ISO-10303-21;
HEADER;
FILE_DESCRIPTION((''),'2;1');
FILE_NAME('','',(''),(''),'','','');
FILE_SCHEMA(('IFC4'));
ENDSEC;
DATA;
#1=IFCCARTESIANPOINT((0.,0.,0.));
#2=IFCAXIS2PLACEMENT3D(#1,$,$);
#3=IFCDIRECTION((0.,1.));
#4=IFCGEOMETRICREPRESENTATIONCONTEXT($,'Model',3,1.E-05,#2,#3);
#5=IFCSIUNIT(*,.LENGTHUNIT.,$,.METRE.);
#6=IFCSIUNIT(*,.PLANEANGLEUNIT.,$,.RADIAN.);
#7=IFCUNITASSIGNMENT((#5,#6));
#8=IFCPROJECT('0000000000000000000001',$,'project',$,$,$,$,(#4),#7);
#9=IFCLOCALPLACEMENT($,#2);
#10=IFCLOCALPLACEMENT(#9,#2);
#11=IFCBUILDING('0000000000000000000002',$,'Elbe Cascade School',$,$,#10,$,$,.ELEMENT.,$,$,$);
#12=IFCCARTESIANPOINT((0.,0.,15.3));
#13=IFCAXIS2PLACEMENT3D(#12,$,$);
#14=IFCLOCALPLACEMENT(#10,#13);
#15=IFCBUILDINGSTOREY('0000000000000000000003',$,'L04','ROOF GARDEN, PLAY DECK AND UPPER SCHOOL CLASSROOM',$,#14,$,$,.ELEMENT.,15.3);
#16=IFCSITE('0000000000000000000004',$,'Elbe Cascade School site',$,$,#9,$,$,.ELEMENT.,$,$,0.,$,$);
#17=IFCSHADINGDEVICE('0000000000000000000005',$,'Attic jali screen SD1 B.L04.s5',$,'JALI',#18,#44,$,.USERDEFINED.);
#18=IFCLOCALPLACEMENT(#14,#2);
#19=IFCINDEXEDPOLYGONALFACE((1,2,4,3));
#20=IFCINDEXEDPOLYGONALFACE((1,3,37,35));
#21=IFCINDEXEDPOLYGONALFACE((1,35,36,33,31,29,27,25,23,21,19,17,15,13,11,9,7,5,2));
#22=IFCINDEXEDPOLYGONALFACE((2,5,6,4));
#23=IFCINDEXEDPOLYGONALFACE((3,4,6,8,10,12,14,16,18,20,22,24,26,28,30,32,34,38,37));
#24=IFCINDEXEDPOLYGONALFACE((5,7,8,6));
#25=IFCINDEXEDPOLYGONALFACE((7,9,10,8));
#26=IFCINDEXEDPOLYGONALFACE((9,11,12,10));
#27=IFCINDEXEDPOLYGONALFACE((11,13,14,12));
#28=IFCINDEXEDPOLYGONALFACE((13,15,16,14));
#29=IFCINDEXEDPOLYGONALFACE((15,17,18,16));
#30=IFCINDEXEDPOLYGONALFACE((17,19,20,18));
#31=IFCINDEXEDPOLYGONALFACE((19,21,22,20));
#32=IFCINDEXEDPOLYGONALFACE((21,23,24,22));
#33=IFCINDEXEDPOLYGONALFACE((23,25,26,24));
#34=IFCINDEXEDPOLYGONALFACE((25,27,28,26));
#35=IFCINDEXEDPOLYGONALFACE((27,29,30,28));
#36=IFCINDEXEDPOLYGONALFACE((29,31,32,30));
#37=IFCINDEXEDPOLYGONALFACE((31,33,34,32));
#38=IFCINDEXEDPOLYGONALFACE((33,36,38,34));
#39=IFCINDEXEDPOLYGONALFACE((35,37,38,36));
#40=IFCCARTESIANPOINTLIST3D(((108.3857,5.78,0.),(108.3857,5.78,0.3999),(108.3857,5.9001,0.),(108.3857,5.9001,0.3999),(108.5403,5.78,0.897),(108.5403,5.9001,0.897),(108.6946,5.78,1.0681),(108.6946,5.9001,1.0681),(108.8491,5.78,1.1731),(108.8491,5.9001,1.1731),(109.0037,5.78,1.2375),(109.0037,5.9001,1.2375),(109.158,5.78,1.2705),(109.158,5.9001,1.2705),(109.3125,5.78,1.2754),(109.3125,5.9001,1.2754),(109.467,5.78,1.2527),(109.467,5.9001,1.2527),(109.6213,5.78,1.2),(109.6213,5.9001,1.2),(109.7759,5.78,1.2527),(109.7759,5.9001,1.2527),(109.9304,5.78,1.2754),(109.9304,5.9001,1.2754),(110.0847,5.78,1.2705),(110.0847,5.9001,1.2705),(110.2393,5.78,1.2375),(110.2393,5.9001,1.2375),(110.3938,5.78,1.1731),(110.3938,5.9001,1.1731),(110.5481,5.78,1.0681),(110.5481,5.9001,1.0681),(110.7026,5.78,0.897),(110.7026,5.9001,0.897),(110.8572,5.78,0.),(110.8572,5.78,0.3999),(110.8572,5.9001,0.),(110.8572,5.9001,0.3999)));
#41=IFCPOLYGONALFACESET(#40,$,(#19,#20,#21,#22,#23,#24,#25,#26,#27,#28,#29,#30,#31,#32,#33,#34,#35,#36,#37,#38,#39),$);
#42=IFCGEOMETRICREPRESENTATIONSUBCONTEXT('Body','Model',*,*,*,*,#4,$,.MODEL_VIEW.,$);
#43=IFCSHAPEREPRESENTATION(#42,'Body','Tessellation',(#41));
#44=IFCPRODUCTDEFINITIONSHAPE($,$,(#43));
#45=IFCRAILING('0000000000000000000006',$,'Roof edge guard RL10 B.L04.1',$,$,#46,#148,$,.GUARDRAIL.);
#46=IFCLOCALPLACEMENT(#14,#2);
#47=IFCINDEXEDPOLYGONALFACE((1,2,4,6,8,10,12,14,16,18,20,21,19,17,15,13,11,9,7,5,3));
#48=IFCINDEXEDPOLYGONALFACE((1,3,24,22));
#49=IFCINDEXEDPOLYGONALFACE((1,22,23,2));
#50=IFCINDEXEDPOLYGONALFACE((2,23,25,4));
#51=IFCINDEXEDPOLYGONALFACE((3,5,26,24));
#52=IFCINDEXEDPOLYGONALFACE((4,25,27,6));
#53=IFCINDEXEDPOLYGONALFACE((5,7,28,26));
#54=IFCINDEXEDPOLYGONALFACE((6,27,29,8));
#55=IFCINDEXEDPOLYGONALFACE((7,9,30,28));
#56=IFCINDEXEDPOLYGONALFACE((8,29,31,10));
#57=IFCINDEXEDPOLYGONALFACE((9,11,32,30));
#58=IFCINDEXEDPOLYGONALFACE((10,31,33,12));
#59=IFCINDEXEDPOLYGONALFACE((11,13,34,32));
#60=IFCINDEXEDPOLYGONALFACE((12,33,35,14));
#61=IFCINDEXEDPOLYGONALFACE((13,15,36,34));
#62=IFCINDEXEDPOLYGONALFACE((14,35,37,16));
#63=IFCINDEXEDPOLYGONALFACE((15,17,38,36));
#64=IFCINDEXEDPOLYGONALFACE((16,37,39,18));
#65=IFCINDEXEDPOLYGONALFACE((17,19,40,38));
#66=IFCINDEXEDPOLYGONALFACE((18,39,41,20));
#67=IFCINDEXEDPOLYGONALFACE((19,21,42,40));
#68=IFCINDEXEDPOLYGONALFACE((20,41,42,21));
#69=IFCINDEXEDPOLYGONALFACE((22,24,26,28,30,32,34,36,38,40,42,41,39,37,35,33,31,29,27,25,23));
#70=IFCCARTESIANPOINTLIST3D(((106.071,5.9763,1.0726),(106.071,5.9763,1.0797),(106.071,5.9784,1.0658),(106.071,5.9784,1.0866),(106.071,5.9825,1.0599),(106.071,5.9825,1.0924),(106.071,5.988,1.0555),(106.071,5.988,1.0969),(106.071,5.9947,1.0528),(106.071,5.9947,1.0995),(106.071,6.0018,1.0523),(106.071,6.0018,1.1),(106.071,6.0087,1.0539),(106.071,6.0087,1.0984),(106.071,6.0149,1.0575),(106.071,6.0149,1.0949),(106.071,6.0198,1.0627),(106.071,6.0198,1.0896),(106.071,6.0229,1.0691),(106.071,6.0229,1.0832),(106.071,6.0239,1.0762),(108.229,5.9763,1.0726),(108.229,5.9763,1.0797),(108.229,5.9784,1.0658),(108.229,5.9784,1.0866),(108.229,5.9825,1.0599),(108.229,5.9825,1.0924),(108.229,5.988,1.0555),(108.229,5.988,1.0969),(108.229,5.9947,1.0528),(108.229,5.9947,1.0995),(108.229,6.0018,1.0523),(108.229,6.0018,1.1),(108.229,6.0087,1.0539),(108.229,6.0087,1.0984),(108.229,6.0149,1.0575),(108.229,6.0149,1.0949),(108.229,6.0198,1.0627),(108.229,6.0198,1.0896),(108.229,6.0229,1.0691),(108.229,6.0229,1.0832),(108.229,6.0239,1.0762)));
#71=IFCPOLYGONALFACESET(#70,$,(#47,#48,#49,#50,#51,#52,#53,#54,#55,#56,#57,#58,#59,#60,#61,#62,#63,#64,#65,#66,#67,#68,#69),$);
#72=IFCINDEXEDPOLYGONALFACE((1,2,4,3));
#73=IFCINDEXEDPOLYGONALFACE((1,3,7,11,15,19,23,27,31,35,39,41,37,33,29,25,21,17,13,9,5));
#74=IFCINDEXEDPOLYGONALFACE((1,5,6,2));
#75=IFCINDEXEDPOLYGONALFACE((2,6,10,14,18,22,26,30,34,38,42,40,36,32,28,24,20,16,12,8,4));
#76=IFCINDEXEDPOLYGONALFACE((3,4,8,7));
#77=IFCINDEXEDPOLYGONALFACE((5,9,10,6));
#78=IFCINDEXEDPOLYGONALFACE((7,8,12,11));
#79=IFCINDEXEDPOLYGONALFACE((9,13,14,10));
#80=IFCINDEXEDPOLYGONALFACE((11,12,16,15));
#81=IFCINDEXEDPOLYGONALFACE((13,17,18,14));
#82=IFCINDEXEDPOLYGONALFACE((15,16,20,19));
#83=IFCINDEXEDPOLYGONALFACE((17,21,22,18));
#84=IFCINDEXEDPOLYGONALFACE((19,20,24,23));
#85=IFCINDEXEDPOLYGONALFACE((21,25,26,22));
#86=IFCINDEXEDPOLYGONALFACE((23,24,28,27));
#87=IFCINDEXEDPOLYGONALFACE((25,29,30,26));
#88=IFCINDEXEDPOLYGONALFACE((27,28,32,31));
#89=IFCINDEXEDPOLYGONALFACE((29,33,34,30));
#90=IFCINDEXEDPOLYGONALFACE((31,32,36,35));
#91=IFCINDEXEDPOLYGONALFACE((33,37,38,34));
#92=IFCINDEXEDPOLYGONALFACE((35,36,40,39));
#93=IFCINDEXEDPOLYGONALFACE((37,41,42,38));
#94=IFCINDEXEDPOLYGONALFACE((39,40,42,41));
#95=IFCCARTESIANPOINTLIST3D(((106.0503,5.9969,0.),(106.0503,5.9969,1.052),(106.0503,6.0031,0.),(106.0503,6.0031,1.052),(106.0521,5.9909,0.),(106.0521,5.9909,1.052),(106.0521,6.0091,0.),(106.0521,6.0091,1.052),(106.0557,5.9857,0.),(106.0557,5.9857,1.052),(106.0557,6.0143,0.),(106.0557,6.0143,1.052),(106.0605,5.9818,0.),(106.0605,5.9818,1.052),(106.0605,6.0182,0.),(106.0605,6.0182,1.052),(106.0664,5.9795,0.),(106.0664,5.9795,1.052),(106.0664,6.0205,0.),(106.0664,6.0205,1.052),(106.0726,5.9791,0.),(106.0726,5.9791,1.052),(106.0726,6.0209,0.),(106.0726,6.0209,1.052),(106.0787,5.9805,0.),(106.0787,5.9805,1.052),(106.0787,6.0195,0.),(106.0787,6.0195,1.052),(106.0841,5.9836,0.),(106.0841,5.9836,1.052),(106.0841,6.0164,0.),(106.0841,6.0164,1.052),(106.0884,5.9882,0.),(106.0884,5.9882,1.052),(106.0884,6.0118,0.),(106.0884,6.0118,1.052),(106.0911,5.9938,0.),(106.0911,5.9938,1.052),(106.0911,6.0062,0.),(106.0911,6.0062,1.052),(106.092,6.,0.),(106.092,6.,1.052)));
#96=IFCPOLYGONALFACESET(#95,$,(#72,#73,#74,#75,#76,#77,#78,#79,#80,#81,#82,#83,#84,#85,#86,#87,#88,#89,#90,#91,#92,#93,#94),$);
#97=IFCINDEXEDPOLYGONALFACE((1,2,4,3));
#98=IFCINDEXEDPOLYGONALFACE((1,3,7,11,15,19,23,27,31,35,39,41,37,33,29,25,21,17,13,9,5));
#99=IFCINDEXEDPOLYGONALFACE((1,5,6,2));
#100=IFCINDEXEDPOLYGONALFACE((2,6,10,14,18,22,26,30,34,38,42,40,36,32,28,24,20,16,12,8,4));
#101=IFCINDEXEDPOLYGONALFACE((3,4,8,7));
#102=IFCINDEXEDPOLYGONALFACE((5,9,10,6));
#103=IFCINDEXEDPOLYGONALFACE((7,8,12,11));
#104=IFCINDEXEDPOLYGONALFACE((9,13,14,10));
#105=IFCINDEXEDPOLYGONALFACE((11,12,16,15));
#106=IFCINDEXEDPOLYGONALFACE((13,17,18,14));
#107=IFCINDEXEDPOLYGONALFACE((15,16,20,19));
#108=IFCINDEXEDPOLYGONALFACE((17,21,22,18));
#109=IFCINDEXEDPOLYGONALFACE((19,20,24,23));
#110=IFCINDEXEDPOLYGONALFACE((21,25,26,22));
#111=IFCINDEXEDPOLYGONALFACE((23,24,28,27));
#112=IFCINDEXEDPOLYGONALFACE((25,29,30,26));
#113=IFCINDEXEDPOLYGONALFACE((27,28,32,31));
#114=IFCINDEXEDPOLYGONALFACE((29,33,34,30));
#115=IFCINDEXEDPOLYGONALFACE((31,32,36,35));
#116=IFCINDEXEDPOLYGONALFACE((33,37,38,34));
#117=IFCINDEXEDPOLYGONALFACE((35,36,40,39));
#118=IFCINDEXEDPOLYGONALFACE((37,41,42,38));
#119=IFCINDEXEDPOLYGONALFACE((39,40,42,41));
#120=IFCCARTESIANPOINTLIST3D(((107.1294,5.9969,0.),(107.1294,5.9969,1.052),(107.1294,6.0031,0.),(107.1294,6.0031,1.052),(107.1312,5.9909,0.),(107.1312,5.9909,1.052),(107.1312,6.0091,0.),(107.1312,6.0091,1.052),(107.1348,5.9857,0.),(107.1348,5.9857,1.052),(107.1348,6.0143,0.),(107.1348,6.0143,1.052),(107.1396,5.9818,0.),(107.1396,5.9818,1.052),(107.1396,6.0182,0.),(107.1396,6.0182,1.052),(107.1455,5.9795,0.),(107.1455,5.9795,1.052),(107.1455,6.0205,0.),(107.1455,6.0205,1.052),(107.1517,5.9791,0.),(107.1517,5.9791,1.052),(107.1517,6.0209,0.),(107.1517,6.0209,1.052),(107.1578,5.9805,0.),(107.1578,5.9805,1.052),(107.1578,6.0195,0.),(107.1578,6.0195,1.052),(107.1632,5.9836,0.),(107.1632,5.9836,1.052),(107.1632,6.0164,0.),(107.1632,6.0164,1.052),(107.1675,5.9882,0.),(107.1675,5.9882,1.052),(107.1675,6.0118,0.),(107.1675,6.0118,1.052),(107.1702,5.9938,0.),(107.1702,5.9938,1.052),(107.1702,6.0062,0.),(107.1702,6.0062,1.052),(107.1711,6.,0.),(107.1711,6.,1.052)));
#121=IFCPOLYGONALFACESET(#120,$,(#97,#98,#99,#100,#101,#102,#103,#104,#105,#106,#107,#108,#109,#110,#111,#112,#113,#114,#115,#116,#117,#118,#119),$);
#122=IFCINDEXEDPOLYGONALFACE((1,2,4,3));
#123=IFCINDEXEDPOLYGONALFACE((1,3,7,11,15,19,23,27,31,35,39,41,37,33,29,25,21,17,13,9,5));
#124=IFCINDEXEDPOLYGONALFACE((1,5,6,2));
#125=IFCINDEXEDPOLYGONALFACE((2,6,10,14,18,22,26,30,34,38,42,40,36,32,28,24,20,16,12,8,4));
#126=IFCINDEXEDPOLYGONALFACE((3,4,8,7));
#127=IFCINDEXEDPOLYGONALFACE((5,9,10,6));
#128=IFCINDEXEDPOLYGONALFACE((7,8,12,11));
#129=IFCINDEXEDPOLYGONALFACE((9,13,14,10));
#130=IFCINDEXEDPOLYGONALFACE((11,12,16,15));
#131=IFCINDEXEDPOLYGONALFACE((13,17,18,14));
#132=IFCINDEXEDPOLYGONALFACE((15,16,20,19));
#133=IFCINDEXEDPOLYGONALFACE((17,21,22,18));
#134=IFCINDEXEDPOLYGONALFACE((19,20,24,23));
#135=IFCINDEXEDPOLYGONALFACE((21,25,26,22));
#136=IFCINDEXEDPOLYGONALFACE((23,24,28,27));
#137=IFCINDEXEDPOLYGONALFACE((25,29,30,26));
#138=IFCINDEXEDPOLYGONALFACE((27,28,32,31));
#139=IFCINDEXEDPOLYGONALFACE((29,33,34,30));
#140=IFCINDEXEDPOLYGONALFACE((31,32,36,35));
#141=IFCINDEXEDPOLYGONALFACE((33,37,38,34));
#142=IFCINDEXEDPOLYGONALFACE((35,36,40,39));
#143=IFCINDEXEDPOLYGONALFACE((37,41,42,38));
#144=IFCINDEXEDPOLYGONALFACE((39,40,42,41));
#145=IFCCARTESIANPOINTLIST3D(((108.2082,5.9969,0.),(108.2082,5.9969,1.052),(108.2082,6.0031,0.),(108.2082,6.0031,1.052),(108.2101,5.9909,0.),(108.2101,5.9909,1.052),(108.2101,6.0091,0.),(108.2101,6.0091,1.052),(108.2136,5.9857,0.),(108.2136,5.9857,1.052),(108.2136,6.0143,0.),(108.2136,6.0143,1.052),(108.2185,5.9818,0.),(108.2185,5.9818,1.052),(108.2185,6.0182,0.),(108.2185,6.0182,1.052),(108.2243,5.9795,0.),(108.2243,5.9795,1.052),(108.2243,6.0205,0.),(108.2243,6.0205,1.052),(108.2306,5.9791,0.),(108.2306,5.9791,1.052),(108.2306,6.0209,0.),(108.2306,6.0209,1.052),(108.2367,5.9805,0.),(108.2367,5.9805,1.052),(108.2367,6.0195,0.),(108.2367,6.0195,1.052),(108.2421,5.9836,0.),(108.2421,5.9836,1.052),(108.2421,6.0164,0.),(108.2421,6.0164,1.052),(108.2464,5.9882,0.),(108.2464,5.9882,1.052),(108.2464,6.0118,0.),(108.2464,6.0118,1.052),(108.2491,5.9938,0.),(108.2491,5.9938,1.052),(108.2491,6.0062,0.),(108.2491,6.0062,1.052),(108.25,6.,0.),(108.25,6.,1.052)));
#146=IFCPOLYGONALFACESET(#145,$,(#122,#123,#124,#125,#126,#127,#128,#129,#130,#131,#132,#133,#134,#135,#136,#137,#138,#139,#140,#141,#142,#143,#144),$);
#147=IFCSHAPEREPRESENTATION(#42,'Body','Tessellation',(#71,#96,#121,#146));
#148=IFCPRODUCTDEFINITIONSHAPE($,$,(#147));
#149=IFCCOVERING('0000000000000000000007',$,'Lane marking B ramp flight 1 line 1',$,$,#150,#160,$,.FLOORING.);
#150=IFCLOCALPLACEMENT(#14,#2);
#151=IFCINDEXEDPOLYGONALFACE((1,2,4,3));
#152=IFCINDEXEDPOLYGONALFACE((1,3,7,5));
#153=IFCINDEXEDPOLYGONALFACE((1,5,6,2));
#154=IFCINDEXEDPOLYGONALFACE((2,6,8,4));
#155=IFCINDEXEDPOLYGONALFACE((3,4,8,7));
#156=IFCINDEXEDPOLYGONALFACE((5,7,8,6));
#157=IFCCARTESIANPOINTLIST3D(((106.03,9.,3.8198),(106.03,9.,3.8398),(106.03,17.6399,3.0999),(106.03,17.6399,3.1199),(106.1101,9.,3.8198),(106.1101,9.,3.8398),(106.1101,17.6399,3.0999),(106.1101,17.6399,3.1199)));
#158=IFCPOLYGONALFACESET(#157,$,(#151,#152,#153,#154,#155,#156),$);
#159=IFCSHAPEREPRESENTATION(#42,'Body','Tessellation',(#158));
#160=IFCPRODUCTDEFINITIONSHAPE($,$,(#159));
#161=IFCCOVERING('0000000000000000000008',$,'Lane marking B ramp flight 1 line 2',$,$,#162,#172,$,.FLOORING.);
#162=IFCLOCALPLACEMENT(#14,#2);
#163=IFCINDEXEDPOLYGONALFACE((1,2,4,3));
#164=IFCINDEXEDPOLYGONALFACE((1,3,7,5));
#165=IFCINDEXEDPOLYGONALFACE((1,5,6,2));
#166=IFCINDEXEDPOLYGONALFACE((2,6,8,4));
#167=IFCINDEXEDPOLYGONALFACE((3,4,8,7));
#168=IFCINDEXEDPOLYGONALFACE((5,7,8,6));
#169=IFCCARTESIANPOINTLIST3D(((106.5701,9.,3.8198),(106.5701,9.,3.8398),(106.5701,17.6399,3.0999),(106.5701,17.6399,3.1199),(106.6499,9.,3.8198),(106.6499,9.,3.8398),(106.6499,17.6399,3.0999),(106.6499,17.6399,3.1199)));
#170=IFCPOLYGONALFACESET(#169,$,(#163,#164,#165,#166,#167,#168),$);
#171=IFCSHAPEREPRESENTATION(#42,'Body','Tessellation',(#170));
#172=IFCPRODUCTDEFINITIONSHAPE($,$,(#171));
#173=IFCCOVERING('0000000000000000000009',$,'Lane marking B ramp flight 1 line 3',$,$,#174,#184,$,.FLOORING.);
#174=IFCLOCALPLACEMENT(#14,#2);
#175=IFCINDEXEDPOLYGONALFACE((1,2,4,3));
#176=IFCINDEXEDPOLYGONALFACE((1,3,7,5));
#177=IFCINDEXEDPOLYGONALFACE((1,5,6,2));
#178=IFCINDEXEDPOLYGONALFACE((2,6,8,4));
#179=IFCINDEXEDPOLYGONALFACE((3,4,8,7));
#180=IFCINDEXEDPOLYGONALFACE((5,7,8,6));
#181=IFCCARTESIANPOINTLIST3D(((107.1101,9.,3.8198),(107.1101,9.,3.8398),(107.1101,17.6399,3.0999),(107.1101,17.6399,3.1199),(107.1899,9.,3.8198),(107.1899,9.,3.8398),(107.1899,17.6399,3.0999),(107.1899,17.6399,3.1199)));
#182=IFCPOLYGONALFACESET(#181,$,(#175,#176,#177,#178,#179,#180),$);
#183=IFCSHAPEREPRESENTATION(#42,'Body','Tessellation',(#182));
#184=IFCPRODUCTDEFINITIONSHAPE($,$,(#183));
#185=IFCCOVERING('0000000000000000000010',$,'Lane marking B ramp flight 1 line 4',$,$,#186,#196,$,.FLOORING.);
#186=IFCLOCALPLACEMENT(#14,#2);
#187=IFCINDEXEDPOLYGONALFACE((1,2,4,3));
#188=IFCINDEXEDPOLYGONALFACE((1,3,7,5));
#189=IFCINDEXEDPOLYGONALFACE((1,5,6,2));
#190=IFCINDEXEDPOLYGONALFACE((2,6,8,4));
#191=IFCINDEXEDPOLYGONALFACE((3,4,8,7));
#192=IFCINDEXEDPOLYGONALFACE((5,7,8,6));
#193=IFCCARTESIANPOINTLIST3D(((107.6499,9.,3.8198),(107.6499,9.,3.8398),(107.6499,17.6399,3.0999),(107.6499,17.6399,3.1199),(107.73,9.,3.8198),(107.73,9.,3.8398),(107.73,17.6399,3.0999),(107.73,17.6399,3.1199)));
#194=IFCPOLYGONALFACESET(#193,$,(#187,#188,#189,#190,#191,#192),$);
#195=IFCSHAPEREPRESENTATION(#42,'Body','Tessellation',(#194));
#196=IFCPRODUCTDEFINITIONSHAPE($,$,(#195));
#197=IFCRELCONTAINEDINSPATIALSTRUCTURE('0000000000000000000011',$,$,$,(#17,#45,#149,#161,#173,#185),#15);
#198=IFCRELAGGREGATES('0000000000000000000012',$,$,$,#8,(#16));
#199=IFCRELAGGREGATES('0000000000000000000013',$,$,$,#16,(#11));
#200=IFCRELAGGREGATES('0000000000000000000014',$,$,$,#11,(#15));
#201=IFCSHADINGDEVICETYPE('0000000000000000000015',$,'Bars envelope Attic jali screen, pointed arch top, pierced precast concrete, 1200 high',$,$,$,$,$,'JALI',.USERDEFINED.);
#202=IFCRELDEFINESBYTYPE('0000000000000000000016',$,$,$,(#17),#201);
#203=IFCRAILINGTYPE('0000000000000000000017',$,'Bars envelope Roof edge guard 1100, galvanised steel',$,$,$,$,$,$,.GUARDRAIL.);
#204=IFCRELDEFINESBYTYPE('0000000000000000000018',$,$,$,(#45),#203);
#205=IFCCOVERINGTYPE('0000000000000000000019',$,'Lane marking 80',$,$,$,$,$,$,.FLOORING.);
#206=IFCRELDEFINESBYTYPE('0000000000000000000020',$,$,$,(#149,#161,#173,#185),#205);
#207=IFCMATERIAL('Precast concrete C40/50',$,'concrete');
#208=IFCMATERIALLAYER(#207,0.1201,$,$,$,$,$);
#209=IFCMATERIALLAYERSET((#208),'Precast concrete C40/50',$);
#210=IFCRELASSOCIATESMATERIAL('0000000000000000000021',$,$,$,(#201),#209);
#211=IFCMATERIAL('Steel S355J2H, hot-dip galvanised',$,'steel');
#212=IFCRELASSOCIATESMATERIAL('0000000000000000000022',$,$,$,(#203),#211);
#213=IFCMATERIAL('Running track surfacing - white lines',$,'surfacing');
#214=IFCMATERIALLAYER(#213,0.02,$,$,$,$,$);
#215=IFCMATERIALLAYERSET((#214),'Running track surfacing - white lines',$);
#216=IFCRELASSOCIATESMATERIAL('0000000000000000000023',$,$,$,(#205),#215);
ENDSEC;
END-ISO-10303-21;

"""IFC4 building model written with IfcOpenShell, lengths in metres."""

from ifc_helpers import new_model, si_unit, direction, frame, origin, origin_2d, place, context, subcontext, project, spatial, polyline, circle, outline, extrude, material, layer, layer_set, type_object, element, save


model = new_model("IFC4")

# Units and contexts
model_context = context("Model", 3, precision=1e-05, world=origin(), true_north=direction((0.0, 1.0)))
body_context = subcontext(model_context, "Body", "Model", "MODEL_VIEW")
ifc_project = project(units=[si_unit("LENGTHUNIT", "METRE"), si_unit("PLANEANGLEUNIT", "RADIAN")], contexts=[model_context])

# Site, building, storey
site_placement = place(None, origin())
site = spatial("IfcSite", under=ifc_project, at=site_placement, Name="Elbe Cascade School site", CompositionType="ELEMENT", RefElevation=0.0)
building_placement = place(site_placement, origin())
building = spatial("IfcBuilding", under=site, at=building_placement, Name="Elbe Cascade School", CompositionType="ELEMENT")
storey_placement = place(building_placement, frame((0.0, 0.0, 15.3)))
storey = spatial("IfcBuildingStorey", under=building, at=storey_placement, Name="L04", Description="ROOF GARDEN, PLAY DECK AND UPPER SCHOOL CLASSROOM", CompositionType="ELEMENT", Elevation=15.3)

# Shading device
ifc_material_1 = material(Name="Precast concrete C40/50", Category="concrete")
ifc_layer_1 = layer(ifc_material_1, 0.1201)
ifc_layer_set_1 = layer_set([ifc_layer_1], Name="Precast concrete C40/50")
shading_device_type = type_object("IfcShadingDeviceType", Name="Bars envelope Attic jali screen, pointed arch top, pierced precast concrete, 1200 high", ElementType="JALI", PredefinedType="USERDEFINED", material=ifc_layer_set_1)
shading_device_1_placement = place(storey_placement, frame((108.3857, 5.78, 0.0), z_axis=(0.0, -1.0, 0.0), x_axis=(1.0, 0.0, 0.0)))
element("IfcShadingDevice", 1, at=shading_device_1_placement, inside=storey, type_object=shading_device_type, Name="Attic jali screen SD1 B.L04.s5", ObjectType="JALI", PredefinedType="USERDEFINED", context=body_context, shape_type="SweptSolid", body=[
    extrude(outline(polyline([(0.0, 0.0), (2.4714, 0.0), (2.4714, 0.3999), (2.3169, 0.897), (2.1624, 1.0681), (2.0081, 1.1731), (1.8535, 1.2375), (1.699, 1.2705), (1.5447, 1.2754), (1.3901, 1.2527), (1.2356, 1.2), (1.0813, 1.2527), (0.9268, 1.2754), (0.7722, 1.2705), (0.6179, 1.2375), (0.4634, 1.1731), (0.3088, 1.0681), (0.1545, 0.897), (0.0, 0.3999), (0.0, 0.0)])), origin(), (0.0, 0.0, -1.0), 0.1201),
])

# Railing
ifc_material_2 = material(Name="Steel S355J2H, hot-dip galvanised", Category="steel")
railing_type_1 = type_object("IfcRailingType", Name="Bars envelope Roof edge guard 1100, galvanised steel", PredefinedType="GUARDRAIL", material=ifc_material_2)
railing_1_placement = place(storey_placement, frame((106.071, 6.0, 0.0)))
element("IfcRailing", 2, at=railing_1_placement, inside=storey, type_object=railing_type_1, Name="Roof edge guard RL10 B.L04.1", PredefinedType="GUARDRAIL", context=body_context, shape_type="SweptSolid", body=[
    extrude(circle(Radius=0.0239, at=origin_2d()), frame((0.0, 0.0, 1.0762), z_axis=(1.0, 0.0, 0.0), x_axis=(0.0, 1.0, 0.0)), (0.0, 0.0, 1.0), 2.158),
    extrude(circle(Radius=0.021, at=origin_2d()), origin(), (0.0, 0.0, 1.0), 1.052),
    extrude(circle(Radius=0.021, at=origin_2d()), frame((1.0791, 0.0, 0.0)), (0.0, 0.0, 1.0), 1.052),
    extrude(circle(Radius=0.021, at=origin_2d()), frame((2.158, 0.0, 0.0)), (0.0, 0.0, 1.0), 1.052),
])

# Coverings
ifc_material_3 = material(Name="Running track surfacing - white lines", Category="surfacing")
ifc_layer_2 = layer(ifc_material_3, 0.02)
ifc_layer_set_2 = layer_set([ifc_layer_2], Name="Running track surfacing - white lines")
covering_type_1 = type_object("IfcCoveringType", Name="Lane marking 80", PredefinedType="FLOORING", material=ifc_layer_set_2)
covering_1_placement = place(storey_placement, frame((106.03, 9.0, 3.8398), z_axis=(0.0, 0.083043, 0.996546), x_axis=(0.0, 0.996546, -0.083043)))
element("IfcCovering", 3, at=covering_1_placement, inside=storey, type_object=covering_type_1, Name="Lane marking B ramp flight 1 line 1", PredefinedType="FLOORING", context=body_context, shape_type="SweptSolid", body=[
    extrude(outline(polyline([(0.0, 0.0), (8.6698, 0.0), (8.6698, -0.0801), (0.0, -0.0801), (0.0, 0.0)])), origin(), (0.083043, 0.0, -0.996546), 0.02),
])
for number, where, z_axis, x_axis, name in (
    (4, (106.5701, 9.0, 3.8398), (0.0, 0.083043, 0.996546), (0.0, 0.996546, -0.083043), "Lane marking B ramp flight 1 line 2"),
    (5, (107.1101, 9.0, 3.8398), (0.0, 0.083043, 0.996546), (0.0, 0.996546, -0.083043), "Lane marking B ramp flight 1 line 3"),
):
    element("IfcCovering", number, at=place(storey_placement, frame(where, z_axis=z_axis, x_axis=x_axis)), inside=storey, type_object=covering_type_1, Name=name, PredefinedType="FLOORING", context=body_context, shape_type="SweptSolid", body=[
        extrude(outline(polyline([(0.0, 0.0), (8.6698, 0.0), (8.6698, -0.0798), (0.0, -0.0798), (0.0, 0.0)])), origin(), (0.083043, 0.0, -0.996546), 0.02),
    ])
for number, where, z_axis, x_axis, name in (
    (6, (107.6499, 9.0, 3.8398), (0.0, 0.083043, 0.996546), (0.0, 0.996546, -0.083043), "Lane marking B ramp flight 1 line 4"),
):
    element("IfcCovering", number, at=place(storey_placement, frame(where, z_axis=z_axis, x_axis=x_axis)), inside=storey, type_object=covering_type_1, Name=name, PredefinedType="FLOORING", context=body_context, shape_type="SweptSolid", body=[
        extrude(outline(polyline([(0.0, 0.0), (8.6698, 0.0), (8.6698, -0.0801), (0.0, -0.0801), (0.0, 0.0)])), origin(), (0.083043, 0.0, -0.996546), 0.02),
    ])

save(model, "model.ifc")
